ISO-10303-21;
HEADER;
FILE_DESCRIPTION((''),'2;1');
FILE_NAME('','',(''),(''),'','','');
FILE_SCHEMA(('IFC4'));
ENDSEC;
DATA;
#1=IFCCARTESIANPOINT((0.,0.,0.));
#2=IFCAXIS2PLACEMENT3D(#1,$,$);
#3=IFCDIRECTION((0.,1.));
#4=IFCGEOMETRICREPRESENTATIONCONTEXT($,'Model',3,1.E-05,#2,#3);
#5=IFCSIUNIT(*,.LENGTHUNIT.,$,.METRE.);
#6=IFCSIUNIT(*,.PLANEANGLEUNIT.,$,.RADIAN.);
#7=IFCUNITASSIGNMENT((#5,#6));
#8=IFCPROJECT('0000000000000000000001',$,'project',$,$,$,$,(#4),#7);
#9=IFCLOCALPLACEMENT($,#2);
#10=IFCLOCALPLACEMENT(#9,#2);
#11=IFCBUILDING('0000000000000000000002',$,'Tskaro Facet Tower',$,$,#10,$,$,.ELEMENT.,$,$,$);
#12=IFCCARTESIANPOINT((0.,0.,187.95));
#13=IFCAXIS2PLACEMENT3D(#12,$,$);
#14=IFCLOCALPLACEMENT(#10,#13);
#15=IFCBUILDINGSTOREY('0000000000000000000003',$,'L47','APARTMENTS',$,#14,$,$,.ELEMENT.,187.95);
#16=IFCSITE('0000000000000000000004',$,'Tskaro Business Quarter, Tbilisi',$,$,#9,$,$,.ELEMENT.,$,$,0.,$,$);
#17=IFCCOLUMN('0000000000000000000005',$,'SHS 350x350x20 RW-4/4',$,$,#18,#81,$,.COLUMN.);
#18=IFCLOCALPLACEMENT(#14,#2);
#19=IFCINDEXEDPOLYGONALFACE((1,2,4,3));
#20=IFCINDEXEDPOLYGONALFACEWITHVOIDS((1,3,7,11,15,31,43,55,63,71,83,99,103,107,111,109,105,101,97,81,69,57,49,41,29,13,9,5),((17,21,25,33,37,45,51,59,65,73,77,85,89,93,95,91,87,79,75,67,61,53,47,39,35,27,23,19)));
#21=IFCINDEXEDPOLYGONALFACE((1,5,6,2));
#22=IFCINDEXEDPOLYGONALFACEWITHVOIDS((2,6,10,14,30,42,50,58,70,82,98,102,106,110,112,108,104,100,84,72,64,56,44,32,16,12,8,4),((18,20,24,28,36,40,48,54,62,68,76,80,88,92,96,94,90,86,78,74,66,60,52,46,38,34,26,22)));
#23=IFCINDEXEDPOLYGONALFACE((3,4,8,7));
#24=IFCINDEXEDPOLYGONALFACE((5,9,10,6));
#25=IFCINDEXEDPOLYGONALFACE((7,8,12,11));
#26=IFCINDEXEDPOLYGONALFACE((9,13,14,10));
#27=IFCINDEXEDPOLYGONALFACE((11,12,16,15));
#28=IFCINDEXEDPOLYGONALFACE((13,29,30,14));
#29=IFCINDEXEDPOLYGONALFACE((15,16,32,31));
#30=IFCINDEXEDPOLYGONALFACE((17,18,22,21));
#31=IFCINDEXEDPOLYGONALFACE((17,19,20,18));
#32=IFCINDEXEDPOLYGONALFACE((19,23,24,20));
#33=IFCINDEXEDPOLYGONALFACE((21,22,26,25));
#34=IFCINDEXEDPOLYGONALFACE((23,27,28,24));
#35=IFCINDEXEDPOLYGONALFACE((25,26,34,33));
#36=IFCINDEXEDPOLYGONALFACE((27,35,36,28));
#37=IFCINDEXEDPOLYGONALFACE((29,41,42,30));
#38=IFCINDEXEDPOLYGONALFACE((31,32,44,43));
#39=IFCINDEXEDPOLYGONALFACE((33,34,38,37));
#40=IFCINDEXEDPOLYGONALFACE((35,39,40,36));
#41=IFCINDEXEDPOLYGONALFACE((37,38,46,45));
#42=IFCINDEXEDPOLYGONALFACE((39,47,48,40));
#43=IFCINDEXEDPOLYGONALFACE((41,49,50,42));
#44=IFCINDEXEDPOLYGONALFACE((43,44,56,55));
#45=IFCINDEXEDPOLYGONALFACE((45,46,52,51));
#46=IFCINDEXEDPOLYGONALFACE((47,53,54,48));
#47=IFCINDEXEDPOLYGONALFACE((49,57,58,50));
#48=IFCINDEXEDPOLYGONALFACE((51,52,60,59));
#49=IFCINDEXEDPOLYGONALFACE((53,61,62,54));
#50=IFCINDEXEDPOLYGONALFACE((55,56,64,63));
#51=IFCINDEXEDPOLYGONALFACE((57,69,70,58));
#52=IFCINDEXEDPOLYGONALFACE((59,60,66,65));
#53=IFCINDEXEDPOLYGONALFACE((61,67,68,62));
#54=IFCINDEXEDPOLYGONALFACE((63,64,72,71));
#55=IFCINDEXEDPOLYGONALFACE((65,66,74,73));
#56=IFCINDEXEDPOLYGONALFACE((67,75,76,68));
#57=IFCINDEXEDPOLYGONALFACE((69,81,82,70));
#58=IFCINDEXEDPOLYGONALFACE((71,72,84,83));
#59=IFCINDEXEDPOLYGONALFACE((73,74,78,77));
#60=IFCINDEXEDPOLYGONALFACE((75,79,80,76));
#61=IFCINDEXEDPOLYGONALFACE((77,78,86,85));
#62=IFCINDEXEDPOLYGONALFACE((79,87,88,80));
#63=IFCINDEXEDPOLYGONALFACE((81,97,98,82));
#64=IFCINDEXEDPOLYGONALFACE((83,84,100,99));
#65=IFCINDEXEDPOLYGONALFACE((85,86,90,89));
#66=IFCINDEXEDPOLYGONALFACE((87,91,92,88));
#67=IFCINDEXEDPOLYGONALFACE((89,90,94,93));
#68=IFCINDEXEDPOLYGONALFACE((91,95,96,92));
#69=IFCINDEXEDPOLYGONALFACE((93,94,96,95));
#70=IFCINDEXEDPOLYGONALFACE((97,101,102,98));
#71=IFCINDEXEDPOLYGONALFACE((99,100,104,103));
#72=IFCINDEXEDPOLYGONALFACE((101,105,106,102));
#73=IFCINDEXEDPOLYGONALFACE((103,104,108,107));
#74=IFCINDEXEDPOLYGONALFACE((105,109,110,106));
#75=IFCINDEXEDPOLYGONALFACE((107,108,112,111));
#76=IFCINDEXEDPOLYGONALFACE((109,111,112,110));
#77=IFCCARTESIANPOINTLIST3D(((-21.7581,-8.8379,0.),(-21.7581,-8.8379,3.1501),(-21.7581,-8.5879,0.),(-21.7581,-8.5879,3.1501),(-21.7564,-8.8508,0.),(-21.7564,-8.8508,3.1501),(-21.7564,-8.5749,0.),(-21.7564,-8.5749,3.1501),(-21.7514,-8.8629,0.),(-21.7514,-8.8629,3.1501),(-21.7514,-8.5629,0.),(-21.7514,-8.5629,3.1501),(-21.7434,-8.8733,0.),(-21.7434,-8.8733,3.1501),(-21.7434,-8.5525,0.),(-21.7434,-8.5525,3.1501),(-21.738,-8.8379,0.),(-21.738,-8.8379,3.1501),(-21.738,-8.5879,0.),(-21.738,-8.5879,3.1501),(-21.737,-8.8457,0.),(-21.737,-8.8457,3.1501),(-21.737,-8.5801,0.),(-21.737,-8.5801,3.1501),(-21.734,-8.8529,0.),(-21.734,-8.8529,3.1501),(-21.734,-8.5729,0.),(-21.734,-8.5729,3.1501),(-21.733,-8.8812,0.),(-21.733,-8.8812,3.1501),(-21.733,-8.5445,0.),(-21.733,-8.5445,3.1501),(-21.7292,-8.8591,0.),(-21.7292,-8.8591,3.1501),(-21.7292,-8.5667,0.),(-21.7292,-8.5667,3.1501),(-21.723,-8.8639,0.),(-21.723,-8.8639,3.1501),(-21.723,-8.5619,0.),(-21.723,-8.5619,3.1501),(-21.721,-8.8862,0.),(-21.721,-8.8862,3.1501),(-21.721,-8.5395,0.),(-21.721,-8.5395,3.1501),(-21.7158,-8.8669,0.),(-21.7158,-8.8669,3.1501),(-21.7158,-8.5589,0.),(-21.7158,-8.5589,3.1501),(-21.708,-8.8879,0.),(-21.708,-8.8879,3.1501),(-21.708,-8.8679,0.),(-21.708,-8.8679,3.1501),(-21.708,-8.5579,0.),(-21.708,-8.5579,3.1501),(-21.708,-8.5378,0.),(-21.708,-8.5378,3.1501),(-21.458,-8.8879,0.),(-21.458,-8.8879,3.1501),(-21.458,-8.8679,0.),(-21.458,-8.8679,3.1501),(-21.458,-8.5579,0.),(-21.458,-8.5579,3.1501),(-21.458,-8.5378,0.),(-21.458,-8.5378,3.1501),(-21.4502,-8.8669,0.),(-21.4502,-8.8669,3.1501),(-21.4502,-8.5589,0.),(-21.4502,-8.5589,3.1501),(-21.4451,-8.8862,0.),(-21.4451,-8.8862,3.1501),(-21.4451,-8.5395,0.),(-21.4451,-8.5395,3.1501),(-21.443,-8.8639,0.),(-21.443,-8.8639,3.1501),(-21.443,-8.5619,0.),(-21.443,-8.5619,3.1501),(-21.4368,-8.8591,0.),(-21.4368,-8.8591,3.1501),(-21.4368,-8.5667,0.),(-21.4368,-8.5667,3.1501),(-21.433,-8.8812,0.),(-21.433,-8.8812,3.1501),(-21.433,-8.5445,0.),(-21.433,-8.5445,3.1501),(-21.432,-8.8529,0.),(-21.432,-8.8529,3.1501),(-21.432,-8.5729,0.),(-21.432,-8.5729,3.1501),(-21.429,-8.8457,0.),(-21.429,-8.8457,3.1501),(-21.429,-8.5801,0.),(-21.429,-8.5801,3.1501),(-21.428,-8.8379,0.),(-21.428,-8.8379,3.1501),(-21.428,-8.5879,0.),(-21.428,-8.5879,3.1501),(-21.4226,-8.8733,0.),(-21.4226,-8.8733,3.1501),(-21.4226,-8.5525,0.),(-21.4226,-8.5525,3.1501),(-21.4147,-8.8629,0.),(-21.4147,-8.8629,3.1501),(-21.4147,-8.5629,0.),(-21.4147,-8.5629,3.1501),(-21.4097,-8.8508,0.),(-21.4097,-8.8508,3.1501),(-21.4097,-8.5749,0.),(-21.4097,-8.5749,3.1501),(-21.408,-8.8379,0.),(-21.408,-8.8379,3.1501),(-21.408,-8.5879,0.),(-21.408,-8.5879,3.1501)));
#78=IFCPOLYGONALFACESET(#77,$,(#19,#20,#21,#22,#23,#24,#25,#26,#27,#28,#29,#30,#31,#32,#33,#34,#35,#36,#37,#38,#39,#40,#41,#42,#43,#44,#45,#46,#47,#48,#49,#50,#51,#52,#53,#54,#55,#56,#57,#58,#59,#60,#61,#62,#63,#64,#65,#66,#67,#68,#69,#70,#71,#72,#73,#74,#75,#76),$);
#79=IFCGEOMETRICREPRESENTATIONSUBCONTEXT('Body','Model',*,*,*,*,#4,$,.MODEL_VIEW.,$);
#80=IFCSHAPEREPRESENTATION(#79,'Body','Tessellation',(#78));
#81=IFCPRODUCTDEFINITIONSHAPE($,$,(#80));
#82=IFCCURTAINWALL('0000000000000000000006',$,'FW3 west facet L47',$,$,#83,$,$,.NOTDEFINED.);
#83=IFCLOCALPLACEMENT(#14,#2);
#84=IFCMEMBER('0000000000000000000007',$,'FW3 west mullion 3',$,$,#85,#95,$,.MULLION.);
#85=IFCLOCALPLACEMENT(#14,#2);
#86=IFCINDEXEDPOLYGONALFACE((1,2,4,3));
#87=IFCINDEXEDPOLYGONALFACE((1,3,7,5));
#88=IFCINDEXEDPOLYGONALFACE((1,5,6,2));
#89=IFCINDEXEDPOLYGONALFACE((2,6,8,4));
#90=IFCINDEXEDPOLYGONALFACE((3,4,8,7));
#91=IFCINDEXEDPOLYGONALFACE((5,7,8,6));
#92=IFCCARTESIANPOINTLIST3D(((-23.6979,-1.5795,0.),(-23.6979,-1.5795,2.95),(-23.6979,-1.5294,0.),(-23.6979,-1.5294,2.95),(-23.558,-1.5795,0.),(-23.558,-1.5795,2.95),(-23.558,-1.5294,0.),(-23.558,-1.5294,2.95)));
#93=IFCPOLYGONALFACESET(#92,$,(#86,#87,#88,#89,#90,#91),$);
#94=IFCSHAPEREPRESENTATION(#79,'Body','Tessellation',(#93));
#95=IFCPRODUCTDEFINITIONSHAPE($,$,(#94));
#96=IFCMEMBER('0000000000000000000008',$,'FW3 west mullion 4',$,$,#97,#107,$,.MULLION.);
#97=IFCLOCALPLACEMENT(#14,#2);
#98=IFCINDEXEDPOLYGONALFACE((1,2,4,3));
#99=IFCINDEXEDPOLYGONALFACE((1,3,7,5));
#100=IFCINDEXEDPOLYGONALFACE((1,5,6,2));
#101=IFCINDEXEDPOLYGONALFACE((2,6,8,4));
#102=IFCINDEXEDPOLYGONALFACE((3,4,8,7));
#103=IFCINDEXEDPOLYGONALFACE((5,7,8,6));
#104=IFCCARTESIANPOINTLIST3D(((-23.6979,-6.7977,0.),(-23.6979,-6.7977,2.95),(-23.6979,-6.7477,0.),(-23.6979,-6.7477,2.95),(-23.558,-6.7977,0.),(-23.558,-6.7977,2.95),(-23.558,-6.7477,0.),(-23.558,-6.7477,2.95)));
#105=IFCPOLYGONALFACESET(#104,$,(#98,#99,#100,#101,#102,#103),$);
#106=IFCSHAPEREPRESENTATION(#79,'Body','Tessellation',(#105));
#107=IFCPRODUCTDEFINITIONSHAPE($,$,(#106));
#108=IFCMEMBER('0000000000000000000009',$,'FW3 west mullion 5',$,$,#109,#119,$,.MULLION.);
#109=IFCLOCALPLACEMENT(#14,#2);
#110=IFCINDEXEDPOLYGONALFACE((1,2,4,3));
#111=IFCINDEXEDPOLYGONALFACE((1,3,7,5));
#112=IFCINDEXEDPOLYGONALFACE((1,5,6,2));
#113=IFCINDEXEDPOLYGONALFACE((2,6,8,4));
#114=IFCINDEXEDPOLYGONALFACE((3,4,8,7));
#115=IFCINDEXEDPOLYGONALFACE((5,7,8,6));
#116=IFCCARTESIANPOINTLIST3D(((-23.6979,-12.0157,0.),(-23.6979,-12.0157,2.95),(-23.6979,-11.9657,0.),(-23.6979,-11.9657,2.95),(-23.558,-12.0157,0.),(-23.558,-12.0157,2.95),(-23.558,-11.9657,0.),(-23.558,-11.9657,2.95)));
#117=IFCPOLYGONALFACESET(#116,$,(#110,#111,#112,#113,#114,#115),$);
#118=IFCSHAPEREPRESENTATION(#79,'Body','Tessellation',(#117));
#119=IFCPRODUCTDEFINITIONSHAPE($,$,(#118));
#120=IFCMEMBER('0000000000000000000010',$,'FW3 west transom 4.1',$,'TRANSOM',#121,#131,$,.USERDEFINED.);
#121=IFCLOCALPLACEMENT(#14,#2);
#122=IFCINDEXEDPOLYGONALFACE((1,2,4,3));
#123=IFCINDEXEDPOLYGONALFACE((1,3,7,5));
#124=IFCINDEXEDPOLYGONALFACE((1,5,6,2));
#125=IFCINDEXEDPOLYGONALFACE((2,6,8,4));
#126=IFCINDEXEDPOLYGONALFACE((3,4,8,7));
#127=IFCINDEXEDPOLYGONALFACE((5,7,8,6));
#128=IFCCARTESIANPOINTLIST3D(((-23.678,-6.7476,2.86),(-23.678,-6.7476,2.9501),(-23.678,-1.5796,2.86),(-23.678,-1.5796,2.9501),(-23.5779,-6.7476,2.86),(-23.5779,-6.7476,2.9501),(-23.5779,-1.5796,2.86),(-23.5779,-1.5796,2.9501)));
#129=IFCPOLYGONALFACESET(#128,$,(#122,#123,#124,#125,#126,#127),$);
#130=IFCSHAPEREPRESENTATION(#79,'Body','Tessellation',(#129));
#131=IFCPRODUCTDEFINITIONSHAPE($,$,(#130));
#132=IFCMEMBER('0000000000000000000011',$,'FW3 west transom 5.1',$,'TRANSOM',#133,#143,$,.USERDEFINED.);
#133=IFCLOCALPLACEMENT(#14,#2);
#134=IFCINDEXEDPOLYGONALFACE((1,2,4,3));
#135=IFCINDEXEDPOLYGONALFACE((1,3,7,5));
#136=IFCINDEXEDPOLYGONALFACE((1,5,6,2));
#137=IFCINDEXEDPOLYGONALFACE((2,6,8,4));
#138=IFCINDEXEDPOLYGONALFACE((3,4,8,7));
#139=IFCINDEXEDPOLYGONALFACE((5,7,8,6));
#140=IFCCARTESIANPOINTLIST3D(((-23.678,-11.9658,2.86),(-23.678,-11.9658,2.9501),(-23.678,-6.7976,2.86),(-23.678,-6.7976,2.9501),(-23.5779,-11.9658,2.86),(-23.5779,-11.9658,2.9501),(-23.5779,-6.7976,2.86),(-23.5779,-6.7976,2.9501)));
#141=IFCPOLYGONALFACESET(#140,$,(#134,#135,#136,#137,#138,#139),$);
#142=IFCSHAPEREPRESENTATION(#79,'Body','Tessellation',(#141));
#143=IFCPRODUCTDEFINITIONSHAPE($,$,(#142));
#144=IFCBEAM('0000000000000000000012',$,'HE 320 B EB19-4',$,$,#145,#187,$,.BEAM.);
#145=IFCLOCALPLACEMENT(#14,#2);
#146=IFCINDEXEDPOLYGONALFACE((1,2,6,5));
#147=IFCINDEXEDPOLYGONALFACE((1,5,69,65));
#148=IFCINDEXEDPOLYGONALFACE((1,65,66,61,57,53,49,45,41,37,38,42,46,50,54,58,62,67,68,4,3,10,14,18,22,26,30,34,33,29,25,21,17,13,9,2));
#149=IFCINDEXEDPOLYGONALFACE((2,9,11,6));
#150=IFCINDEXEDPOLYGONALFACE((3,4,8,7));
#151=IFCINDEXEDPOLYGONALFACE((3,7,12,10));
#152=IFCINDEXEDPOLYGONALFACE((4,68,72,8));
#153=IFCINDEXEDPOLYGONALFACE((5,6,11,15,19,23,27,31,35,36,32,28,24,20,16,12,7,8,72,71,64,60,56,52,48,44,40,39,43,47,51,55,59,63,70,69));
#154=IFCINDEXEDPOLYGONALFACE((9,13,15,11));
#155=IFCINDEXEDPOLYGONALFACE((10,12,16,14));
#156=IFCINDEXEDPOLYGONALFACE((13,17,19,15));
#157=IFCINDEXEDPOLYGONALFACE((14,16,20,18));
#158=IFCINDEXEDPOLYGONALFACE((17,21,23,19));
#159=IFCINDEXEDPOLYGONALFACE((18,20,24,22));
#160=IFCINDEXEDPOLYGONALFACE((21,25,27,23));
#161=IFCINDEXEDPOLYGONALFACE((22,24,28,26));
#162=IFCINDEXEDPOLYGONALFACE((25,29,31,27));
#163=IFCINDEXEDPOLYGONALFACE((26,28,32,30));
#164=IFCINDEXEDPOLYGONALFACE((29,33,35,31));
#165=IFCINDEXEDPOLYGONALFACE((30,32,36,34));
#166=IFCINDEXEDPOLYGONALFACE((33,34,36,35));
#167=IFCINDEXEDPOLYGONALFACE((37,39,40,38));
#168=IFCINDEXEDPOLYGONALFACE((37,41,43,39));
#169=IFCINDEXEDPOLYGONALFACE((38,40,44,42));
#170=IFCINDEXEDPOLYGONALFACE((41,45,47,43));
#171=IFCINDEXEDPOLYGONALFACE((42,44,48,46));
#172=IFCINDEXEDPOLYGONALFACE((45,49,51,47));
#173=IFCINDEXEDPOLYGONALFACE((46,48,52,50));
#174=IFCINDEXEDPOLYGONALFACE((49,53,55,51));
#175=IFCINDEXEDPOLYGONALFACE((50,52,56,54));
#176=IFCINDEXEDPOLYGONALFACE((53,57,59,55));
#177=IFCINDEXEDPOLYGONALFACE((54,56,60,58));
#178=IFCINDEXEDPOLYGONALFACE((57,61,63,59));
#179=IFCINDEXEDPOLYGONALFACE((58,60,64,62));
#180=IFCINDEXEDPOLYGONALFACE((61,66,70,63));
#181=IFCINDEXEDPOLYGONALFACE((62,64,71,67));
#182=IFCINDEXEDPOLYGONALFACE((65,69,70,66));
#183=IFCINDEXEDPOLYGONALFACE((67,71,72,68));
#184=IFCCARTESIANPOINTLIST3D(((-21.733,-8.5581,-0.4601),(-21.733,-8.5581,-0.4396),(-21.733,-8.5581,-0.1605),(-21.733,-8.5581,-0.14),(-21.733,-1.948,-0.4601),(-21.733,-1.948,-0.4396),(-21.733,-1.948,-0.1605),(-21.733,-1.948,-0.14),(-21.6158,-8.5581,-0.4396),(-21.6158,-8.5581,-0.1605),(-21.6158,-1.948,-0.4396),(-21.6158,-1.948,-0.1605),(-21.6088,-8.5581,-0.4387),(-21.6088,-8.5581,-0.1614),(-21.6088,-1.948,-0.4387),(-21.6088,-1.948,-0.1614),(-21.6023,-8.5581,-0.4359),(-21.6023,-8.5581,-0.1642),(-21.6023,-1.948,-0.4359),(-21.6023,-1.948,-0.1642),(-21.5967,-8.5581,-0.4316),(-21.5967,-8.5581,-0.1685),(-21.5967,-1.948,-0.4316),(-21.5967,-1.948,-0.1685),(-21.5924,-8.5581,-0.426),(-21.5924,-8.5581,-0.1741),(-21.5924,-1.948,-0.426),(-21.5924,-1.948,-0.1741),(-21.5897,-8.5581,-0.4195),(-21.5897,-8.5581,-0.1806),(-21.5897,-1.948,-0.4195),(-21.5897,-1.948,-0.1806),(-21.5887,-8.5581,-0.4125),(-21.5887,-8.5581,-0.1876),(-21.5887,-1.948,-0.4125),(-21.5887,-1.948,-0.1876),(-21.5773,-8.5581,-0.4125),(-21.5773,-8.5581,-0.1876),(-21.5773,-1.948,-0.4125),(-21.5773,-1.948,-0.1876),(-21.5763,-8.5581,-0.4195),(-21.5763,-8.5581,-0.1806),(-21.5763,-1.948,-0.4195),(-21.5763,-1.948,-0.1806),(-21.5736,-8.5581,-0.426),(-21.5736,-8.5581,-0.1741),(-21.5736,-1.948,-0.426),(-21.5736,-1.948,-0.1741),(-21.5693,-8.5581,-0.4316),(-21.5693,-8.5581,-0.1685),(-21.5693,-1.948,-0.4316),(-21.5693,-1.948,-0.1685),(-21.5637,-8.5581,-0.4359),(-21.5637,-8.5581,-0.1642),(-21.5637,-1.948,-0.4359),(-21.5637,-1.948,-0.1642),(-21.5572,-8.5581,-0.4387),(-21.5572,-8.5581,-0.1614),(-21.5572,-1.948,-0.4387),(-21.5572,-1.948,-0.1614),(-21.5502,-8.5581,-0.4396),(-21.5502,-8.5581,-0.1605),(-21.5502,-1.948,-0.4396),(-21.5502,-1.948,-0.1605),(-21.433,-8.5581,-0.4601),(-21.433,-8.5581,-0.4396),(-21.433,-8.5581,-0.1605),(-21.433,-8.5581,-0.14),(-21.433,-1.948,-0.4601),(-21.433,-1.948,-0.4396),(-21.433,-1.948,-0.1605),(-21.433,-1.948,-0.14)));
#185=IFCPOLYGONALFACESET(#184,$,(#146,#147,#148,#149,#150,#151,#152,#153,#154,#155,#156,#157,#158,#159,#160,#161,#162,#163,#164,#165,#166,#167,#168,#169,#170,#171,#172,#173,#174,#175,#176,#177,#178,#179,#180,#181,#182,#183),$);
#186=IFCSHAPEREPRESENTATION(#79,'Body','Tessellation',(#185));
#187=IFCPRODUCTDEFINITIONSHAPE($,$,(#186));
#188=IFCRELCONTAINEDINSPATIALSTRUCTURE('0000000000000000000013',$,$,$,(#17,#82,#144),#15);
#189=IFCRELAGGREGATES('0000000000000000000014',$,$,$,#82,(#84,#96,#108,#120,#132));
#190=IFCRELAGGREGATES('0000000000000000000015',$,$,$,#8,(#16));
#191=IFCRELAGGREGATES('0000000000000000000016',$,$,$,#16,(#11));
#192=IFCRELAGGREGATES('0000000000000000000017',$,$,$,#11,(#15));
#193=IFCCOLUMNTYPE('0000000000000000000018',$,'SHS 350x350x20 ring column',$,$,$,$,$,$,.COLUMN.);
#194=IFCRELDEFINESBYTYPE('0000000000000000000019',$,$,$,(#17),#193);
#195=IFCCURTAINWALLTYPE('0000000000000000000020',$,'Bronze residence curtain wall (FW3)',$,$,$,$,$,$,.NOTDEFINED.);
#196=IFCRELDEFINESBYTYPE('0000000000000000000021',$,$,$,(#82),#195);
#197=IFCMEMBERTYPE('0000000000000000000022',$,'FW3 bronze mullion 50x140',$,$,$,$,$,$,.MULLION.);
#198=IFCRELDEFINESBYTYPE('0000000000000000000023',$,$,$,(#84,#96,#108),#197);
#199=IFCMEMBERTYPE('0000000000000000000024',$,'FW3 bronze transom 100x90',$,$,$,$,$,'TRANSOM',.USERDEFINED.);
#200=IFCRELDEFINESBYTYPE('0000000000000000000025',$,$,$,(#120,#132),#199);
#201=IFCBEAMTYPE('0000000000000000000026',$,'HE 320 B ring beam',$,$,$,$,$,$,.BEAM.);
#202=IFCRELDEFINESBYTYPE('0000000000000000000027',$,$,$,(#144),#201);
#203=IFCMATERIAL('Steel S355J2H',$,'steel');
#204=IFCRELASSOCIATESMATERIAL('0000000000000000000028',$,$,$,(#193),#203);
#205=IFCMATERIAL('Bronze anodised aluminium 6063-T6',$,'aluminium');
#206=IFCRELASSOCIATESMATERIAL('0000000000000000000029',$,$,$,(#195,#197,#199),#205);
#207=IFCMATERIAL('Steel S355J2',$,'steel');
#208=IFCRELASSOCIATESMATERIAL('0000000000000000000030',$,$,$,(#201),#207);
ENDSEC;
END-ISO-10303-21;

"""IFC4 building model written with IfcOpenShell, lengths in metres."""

from ifc_helpers import new_model, si_unit, direction, frame, origin, origin_2d, place, context, subcontext, project, spatial, rectangle, hollow_rectangle, i_section, extrude, material, material_profile, profile_set, type_object, element, aggregate, save


model = new_model("IFC4")

# Units and contexts
model_context = context("Model", 3, precision=1e-05, world=origin(), true_north=direction((0.0, 1.0)))
body_context = subcontext(model_context, "Body", "Model", "MODEL_VIEW")
ifc_project = project(units=[si_unit("LENGTHUNIT", "METRE"), si_unit("PLANEANGLEUNIT", "RADIAN")], contexts=[model_context])

# Site, building, storey
site_placement = place(None, origin())
site = spatial("IfcSite", under=ifc_project, at=site_placement, Name="Tskaro Business Quarter, Tbilisi", CompositionType="ELEMENT", RefElevation=0.0)
building_placement = place(site_placement, origin())
building = spatial("IfcBuilding", under=site, at=building_placement, Name="Tskaro Facet Tower", CompositionType="ELEMENT")
storey_placement = place(building_placement, frame((0.0, 0.0, 187.95)))
storey = spatial("IfcBuildingStorey", under=building, at=storey_placement, Name="L47", Description="APARTMENTS", CompositionType="ELEMENT", Elevation=187.95)

# Column
ifc_material_1 = material(Name="Steel S355J2H", Category="steel")
ifc_material_profile_1 = material_profile(ifc_material_1, hollow_rectangle(XDim=0.3501, YDim=0.3501, WallThickness=0.02, InnerFilletRadius=0.03, OuterFilletRadius=0.05, at=origin_2d()), Name="SHS 350x350x20")
ifc_profile_set_1 = profile_set([ifc_material_profile_1], Name="Steel S355J2H")
column_type_1 = type_object("IfcColumnType", Name="SHS 350x350x20 ring column", PredefinedType="COLUMN", material=ifc_profile_set_1)
for number, where, z_axis, x_axis, name in (
    (1, (-21.583, -8.7129, 0.0), (0.0, 0.0, 1.0), (1.0, 0.0, 0.0), "SHS 350x350x20 RW-4/4"),
):
    element("IfcColumn", number, at=place(storey_placement, frame(where, z_axis=z_axis, x_axis=x_axis)), inside=storey, type_object=column_type_1, Name=name, PredefinedType="COLUMN", context=body_context, shape_type="SweptSolid", body=[
        extrude(hollow_rectangle(XDim=0.3501, YDim=0.3501, WallThickness=0.02, InnerFilletRadius=0.03, OuterFilletRadius=0.05, at=origin_2d()), origin(), (0.0, 0.0, 1.0), 3.1501),
    ])

# Curtain wall, members
ifc_material_2 = material(Name="Bronze anodised aluminium 6063-T6", Category="aluminium")
curtain_wall_type = type_object("IfcCurtainWallType", Name="Bronze residence curtain wall (FW3)", PredefinedType="NOTDEFINED", material=ifc_material_2)
curtain_wall_placement = place(storey_placement, origin())
curtain_wall = element("IfcCurtainWall", 2, at=curtain_wall_placement, inside=storey, type_object=curtain_wall_type, Name="FW3 west facet L47", PredefinedType="NOTDEFINED")
ifc_material_profile_2 = material_profile(ifc_material_2, rectangle(XDim=0.05, YDim=0.1399, at=origin_2d()), Name="Mullion 50x140")
ifc_profile_set_2 = profile_set([ifc_material_profile_2], Name="Bronze anodised aluminium 6063-T6")
member_type_1 = type_object("IfcMemberType", Name="FW3 bronze mullion 50x140", PredefinedType="MULLION", material=ifc_profile_set_2)
member_1_placement = place(storey_placement, frame((-23.6279, -1.5544, 0.0), z_axis=(0.0, 0.0, 1.0), x_axis=(0.0, -1.0, 0.0)))
member_1 = element("IfcMember", 3, at=member_1_placement, type_object=member_type_1, Name="FW3 west mullion 3", PredefinedType="MULLION", context=body_context, shape_type="SweptSolid", body=[
    extrude(rectangle(XDim=0.05, YDim=0.1399, at=origin_2d()), origin(), (0.0, 0.0, 1.0), 2.95),
])
member_2_placement = place(storey_placement, frame((-23.6279, -6.7727, 0.0), z_axis=(0.0, 0.0, 1.0), x_axis=(0.0, -1.0, 0.0)))
member_2 = element("IfcMember", 4, at=member_2_placement, type_object=member_type_1, Name="FW3 west mullion 4", PredefinedType="MULLION", context=body_context, shape_type="SweptSolid", body=[
    extrude(rectangle(XDim=0.05, YDim=0.1399, at=origin_2d()), origin(), (0.0, 0.0, 1.0), 2.95),
])
member_3_placement = place(storey_placement, frame((-23.6279, -11.9907, 0.0), z_axis=(0.0, 0.0, 1.0), x_axis=(0.0, -1.0, 0.0)))
member_3 = element("IfcMember", 5, at=member_3_placement, type_object=member_type_1, Name="FW3 west mullion 5", PredefinedType="MULLION", context=body_context, shape_type="SweptSolid", body=[
    extrude(rectangle(XDim=0.05, YDim=0.1399, at=origin_2d()), origin(), (0.0, 0.0, 1.0), 2.95),
])
ifc_material_profile_3 = material_profile(ifc_material_2, rectangle(XDim=0.1001, YDim=0.0901, at=origin_2d()), Name="Transom 100x90")
ifc_profile_set_3 = profile_set([ifc_material_profile_3], Name="Bronze anodised aluminium 6063-T6")
member_type_2 = type_object("IfcMemberType", Name="FW3 bronze transom 100x90", ElementType="TRANSOM", PredefinedType="USERDEFINED", material=ifc_profile_set_3)
member_4_placement = place(storey_placement, frame((-23.6279, -1.5796, 2.905), z_axis=(0.0, -1.0, 0.0), x_axis=(1.0, 0.0, 0.0)))
member_4 = element("IfcMember", 6, at=member_4_placement, type_object=member_type_2, Name="FW3 west transom 4.1", ObjectType="TRANSOM", PredefinedType="USERDEFINED", context=body_context, shape_type="SweptSolid", body=[
    extrude(rectangle(XDim=0.1001, YDim=0.0901, at=origin_2d()), origin(), (0.0, 0.0, 1.0), 5.168),
])
member_5_placement = place(storey_placement, frame((-23.6279, -6.7976, 2.905), z_axis=(0.0, -1.0, 0.0), x_axis=(1.0, 0.0, 0.0)))
member_5 = element("IfcMember", 7, at=member_5_placement, type_object=member_type_2, Name="FW3 west transom 5.1", ObjectType="TRANSOM", PredefinedType="USERDEFINED", context=body_context, shape_type="SweptSolid", body=[
    extrude(rectangle(XDim=0.1001, YDim=0.0901, at=origin_2d()), origin(), (0.0, 0.0, 1.0), 5.1682),
])

# Beam
ifc_material_3 = material(Name="Steel S355J2", Category="steel")
ifc_material_profile_4 = material_profile(ifc_material_3, i_section(OverallWidth=0.3, OverallDepth=0.3201, WebThickness=0.0115, FlangeThickness=0.0205, FilletRadius=0.0271, at=origin_2d()), Name="HE 320 B")
ifc_profile_set_4 = profile_set([ifc_material_profile_4], Name="Steel S355J2")
beam_type_1 = type_object("IfcBeamType", Name="HE 320 B ring beam", PredefinedType="BEAM", material=ifc_profile_set_4)
for number, where, z_axis, x_axis, name in (
    (8, (-21.583, -1.948, -0.3), (0.0, -1.0, 0.0), (1.0, 0.0, 0.0), "HE 320 B EB19-4"),
):
    element("IfcBeam", number, at=place(storey_placement, frame(where, z_axis=z_axis, x_axis=x_axis)), inside=storey, type_object=beam_type_1, Name=name, PredefinedType="BEAM", context=body_context, shape_type="SweptSolid", body=[
        extrude(i_section(OverallWidth=0.3, OverallDepth=0.3201, WebThickness=0.0115, FlangeThickness=0.0205, FilletRadius=0.0271, at=origin_2d()), origin(), (0.0, 0.0, 1.0), 6.6101),
    ])

aggregate(curtain_wall, [member_1, member_2, member_3, member_4, member_5])

save(model, "model.ifc")
